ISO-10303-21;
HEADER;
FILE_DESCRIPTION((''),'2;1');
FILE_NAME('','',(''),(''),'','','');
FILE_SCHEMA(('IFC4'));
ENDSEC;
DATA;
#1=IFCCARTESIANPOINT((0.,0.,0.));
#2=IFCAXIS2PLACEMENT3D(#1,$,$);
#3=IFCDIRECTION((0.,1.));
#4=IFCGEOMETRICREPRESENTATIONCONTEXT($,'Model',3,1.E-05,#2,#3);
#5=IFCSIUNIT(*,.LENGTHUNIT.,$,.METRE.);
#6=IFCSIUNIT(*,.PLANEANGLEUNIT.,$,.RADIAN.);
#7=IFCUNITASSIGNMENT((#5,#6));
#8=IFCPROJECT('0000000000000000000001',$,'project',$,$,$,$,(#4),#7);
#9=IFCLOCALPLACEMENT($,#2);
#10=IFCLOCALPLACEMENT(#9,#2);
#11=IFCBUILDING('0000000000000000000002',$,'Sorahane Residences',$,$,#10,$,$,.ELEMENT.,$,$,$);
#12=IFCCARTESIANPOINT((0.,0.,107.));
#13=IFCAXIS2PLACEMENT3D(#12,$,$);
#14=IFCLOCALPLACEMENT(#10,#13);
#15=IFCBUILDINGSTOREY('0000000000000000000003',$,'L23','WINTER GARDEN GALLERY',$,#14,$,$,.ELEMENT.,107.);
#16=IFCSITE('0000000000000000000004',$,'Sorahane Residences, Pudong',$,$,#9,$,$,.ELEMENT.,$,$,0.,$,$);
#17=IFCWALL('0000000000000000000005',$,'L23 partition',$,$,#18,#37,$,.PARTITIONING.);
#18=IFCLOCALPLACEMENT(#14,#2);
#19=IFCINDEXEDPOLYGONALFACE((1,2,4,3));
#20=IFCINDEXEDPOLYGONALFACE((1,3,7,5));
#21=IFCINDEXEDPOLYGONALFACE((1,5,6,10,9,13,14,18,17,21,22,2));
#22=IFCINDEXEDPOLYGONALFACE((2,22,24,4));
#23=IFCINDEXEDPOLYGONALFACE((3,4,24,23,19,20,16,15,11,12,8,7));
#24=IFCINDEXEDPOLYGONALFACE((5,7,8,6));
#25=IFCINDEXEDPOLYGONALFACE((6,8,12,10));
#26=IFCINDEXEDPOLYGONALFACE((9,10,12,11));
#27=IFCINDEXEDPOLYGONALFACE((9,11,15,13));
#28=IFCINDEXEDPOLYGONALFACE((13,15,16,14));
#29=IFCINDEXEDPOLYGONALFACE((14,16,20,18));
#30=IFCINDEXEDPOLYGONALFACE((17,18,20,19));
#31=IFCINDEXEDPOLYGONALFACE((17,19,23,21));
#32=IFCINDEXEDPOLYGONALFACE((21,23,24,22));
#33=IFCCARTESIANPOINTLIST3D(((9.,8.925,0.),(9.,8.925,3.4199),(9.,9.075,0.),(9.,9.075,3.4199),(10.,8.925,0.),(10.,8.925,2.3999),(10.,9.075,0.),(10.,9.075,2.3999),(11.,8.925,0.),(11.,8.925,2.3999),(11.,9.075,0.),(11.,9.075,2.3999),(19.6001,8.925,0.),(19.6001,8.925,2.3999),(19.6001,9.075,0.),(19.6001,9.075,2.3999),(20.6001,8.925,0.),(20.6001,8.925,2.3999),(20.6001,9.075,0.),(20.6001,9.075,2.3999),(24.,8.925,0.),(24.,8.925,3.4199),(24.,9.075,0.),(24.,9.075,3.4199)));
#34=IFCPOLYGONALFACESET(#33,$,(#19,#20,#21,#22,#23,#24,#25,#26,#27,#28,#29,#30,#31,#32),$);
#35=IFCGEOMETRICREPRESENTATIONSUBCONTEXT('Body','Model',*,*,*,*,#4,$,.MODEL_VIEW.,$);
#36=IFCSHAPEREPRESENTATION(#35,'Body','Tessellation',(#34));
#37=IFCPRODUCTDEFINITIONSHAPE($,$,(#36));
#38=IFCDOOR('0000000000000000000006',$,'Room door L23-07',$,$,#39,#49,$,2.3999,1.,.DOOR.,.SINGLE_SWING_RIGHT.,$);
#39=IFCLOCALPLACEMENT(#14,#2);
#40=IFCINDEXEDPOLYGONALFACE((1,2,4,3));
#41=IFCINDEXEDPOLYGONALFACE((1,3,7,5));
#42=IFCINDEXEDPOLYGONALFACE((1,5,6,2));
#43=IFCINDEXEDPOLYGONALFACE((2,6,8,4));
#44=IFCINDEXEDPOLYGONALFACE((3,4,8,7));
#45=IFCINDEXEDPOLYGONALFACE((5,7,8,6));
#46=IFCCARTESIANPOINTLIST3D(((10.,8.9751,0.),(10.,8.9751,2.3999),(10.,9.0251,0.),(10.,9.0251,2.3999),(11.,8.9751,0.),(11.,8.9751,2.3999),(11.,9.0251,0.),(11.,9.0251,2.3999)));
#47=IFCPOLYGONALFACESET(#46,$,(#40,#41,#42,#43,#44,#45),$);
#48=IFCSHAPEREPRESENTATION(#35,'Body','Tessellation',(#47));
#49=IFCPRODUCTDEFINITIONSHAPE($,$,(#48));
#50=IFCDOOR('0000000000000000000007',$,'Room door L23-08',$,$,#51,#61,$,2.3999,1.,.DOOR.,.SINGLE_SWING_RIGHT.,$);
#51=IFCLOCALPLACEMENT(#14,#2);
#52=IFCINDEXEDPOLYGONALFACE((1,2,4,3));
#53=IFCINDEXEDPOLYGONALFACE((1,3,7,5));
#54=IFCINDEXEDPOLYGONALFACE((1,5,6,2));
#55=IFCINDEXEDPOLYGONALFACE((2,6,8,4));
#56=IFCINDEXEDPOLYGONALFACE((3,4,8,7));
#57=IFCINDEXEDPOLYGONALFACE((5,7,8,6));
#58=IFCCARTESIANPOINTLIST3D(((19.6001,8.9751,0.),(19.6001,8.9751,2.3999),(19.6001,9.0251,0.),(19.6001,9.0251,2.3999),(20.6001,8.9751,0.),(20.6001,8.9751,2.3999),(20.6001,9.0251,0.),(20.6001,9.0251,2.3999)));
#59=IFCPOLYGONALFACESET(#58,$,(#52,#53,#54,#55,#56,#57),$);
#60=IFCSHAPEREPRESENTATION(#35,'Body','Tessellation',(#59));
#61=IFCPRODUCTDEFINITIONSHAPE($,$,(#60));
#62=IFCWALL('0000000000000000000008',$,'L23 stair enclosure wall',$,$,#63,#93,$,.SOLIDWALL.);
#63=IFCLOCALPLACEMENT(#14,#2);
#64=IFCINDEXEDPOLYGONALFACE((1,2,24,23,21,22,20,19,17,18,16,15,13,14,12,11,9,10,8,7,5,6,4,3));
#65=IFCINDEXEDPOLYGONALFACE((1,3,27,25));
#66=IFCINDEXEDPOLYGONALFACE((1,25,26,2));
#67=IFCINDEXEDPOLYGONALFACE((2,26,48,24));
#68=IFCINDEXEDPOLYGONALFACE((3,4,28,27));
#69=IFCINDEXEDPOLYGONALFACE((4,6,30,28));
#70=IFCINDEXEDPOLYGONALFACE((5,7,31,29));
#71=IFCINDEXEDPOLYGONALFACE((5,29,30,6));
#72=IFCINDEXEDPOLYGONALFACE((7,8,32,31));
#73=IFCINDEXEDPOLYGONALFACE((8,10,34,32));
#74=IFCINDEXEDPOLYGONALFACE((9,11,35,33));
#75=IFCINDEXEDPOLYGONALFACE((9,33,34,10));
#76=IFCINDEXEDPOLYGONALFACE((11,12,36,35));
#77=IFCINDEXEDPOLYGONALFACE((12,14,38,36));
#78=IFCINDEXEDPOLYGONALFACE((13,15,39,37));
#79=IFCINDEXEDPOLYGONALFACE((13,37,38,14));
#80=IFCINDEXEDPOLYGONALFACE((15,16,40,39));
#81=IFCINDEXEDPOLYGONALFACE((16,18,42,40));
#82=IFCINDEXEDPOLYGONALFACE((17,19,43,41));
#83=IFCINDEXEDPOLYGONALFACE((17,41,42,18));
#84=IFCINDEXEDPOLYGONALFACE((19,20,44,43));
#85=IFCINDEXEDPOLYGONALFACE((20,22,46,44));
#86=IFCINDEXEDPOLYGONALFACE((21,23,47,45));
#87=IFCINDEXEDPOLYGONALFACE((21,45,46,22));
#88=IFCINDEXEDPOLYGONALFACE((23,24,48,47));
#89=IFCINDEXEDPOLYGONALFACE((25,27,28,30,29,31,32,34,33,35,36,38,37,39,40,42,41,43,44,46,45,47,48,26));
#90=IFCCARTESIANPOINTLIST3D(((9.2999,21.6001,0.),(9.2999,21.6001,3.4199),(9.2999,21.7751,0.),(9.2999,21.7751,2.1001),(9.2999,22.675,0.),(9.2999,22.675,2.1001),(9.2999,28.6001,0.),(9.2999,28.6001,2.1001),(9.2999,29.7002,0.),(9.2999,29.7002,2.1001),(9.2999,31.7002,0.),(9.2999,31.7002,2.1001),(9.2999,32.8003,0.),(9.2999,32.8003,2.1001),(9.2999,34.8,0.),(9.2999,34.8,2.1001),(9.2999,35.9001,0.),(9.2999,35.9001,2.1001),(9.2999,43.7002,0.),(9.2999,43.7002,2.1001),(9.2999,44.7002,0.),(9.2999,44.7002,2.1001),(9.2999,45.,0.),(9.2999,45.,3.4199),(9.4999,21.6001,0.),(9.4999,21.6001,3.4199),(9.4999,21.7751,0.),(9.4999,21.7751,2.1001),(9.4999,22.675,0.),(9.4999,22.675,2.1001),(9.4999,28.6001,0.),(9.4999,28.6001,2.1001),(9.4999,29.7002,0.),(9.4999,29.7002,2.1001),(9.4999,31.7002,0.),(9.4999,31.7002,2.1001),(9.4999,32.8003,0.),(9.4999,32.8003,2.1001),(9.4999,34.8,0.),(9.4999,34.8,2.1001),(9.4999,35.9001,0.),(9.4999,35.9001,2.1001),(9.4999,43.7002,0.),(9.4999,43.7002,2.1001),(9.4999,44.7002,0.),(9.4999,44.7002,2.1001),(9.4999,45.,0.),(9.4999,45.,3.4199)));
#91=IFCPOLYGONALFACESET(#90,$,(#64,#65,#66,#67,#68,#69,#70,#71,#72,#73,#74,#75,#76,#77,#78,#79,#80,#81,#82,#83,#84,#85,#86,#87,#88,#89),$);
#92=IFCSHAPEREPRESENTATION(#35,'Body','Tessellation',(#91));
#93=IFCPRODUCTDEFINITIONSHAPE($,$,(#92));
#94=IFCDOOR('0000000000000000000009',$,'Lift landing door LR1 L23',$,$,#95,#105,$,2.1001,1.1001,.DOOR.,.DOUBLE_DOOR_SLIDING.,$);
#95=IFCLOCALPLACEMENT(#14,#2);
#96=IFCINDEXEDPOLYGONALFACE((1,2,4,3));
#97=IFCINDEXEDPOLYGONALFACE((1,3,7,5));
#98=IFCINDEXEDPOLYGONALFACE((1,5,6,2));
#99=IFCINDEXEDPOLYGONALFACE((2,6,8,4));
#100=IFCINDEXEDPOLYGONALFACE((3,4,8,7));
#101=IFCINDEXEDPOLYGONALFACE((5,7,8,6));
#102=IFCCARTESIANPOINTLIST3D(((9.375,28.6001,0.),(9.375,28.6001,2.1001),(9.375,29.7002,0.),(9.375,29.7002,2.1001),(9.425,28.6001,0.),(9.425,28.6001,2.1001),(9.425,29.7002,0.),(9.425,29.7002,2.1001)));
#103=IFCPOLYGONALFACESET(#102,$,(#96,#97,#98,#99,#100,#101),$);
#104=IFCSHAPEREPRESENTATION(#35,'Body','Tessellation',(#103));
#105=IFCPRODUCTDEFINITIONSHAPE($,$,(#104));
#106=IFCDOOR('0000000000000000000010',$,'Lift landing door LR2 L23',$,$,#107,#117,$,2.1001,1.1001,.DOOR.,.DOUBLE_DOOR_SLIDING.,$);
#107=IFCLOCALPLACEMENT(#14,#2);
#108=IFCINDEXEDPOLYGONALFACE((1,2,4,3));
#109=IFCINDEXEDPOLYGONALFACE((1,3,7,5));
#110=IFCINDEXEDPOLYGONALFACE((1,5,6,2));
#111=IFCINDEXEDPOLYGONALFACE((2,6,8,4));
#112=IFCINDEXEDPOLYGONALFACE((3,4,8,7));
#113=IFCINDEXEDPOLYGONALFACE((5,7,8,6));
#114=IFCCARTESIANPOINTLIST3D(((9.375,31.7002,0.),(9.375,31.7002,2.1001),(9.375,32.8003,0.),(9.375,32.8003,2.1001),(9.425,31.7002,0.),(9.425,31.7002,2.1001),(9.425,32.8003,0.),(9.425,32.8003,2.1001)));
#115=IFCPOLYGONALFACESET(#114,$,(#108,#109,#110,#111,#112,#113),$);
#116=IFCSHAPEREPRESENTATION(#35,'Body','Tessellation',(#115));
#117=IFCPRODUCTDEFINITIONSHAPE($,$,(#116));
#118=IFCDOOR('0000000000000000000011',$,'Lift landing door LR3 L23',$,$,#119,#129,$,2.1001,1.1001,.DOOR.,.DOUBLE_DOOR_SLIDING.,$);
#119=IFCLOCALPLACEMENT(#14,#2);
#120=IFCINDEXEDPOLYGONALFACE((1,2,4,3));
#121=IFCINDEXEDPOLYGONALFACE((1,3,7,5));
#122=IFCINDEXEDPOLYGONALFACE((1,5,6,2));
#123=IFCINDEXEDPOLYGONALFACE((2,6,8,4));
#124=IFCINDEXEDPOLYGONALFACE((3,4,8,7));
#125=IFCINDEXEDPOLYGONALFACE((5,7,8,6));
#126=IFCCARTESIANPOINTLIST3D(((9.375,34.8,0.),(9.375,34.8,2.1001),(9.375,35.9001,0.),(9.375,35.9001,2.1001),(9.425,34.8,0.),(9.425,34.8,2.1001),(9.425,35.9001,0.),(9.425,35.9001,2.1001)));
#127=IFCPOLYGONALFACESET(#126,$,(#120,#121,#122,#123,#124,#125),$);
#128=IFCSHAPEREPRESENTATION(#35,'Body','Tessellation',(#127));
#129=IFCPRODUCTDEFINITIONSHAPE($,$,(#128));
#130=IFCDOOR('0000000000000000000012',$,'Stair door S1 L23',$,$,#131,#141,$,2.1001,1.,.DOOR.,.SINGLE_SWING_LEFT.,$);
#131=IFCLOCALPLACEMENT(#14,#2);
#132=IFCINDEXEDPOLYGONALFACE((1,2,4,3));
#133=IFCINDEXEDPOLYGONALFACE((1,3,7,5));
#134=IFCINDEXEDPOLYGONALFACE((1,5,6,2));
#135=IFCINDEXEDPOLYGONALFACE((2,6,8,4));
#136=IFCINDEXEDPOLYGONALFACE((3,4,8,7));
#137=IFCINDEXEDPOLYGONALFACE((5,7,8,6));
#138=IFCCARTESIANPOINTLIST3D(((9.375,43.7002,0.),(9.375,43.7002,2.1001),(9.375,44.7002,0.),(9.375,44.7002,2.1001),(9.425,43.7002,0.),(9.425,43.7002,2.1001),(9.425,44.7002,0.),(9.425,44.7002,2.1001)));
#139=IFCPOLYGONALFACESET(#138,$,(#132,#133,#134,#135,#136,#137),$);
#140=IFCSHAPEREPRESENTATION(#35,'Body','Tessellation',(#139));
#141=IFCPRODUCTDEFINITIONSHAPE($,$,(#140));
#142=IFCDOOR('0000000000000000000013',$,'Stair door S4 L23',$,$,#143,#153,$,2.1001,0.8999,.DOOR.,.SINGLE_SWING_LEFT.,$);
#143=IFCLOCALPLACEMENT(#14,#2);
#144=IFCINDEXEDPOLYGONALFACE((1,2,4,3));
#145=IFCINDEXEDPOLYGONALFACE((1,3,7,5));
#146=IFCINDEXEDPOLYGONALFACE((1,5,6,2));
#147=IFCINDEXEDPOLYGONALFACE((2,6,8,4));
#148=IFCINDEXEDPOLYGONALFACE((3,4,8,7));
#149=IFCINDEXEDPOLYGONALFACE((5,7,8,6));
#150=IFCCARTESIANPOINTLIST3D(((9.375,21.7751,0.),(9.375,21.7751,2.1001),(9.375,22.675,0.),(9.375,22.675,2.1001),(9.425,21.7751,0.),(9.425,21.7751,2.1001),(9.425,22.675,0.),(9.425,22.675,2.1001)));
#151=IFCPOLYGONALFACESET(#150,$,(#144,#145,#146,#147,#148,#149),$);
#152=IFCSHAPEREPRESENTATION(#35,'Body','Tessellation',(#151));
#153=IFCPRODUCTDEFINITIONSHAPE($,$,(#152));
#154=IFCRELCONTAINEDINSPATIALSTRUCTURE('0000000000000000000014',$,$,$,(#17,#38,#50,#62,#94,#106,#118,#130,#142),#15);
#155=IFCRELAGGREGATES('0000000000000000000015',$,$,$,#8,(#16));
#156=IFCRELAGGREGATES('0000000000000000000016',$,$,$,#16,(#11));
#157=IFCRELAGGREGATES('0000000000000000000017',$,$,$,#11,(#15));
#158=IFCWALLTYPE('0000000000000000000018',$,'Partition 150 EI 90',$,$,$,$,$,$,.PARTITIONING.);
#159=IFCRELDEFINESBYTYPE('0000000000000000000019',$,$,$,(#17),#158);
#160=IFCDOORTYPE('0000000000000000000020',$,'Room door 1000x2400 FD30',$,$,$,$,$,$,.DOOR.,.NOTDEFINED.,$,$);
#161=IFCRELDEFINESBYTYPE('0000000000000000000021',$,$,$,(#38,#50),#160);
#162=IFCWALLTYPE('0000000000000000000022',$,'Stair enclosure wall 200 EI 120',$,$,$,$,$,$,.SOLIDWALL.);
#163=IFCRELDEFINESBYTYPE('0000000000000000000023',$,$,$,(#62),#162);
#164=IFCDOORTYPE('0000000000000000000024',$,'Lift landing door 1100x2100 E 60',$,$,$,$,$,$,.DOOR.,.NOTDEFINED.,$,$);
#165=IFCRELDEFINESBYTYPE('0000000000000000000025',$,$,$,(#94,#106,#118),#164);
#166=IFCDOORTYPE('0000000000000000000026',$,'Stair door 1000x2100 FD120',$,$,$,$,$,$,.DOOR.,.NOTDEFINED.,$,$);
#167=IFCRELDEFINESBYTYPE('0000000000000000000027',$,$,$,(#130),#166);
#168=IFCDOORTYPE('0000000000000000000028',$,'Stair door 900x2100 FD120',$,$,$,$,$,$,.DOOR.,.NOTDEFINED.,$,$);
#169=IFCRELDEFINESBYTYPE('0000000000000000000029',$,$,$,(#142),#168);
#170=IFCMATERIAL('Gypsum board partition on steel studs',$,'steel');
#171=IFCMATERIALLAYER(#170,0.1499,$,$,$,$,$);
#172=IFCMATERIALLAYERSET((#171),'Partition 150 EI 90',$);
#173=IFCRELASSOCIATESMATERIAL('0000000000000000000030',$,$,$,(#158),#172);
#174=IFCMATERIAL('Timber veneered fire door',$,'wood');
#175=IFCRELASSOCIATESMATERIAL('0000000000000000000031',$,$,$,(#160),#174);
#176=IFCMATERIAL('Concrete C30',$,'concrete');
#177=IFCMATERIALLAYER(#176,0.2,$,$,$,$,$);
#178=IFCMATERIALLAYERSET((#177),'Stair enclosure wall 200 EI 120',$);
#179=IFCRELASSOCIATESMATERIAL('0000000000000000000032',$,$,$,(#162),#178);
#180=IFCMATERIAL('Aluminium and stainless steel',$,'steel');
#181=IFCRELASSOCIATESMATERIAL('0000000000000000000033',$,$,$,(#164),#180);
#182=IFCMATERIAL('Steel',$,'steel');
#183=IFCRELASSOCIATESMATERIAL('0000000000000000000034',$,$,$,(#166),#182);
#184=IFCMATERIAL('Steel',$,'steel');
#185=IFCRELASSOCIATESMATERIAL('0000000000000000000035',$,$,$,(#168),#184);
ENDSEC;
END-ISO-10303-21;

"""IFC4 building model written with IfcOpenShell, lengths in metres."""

from ifc_helpers import new_model, si_unit, direction, frame, frame_2d, origin, place, context, subcontext, project, spatial, rectangle, extrude, material, layer, layer_set, type_object, element, fill, save


model = new_model("IFC4")

# Units and contexts
model_context = context("Model", 3, precision=1e-05, world=origin(), true_north=direction((0.0, 1.0)))
body_context = subcontext(model_context, "Body", "Model", "MODEL_VIEW")
ifc_project = project(units=[si_unit("LENGTHUNIT", "METRE"), si_unit("PLANEANGLEUNIT", "RADIAN")], contexts=[model_context])

# Site, building, storey
site_placement = place(None, origin())
site = spatial("IfcSite", under=ifc_project, at=site_placement, Name="Sorahane Residences, Pudong", CompositionType="ELEMENT", RefElevation=0.0)
building_placement = place(site_placement, origin())
building = spatial("IfcBuilding", under=site, at=building_placement, Name="Sorahane Residences", CompositionType="ELEMENT")
storey_placement = place(building_placement, frame((0.0, 0.0, 107.0)))
storey = spatial("IfcBuildingStorey", under=building, at=storey_placement, Name="L23", Description="WINTER GARDEN GALLERY", CompositionType="ELEMENT", Elevation=107.0)

# Walls, openings, doors
ifc_material_1 = material(Name="Gypsum board partition on steel studs", Category="steel")
ifc_layer_1 = layer(ifc_material_1, 0.1499)
ifc_layer_set_1 = layer_set([ifc_layer_1], Name="Partition 150 EI 90")
wall_type_1 = type_object("IfcWallType", Name="Partition 150 EI 90", PredefinedType="PARTITIONING", material=ifc_layer_set_1)
wall_1_placement = place(storey_placement, frame((9.0, 9.0, 0.0), z_axis=(0.0, 0.0, 1.0), x_axis=(1.0, 0.0, 0.0)))
wall_1 = element("IfcWall", 1, at=wall_1_placement, inside=storey, type_object=wall_type_1, Name="L23 partition", PredefinedType="PARTITIONING", context=body_context, shape_type="SweptSolid", body=[
    extrude(rectangle(XDim=15.0, YDim=0.1499, at=frame_2d((7.5, 0.0))), origin(), (0.0, 0.0, 1.0), 3.4199),
])
opening_1_placement = place(wall_1_placement, frame((1.0, 0.0, 0.0)))
opening_1 = element("IfcOpeningElement", 2, at=opening_1_placement, cuts=wall_1, PredefinedType="OPENING", context=body_context, shape_type="SweptSolid", body=[
    extrude(rectangle(XDim=1.0, YDim=2.3999, at=frame_2d((0.5, 1.2))), frame((0.0, 0.085, 0.0), z_axis=(0.0, -1.0, 0.0), x_axis=(1.0, 0.0, 0.0)), (0.0, 0.0, 1.0), 0.1699),
])
opening_2_placement = place(wall_1_placement, frame((10.6001, 0.0, 0.0)))
opening_2 = element("IfcOpeningElement", 3, at=opening_2_placement, cuts=wall_1, PredefinedType="OPENING", context=body_context, shape_type="SweptSolid", body=[
    extrude(rectangle(XDim=1.0, YDim=2.3999, at=frame_2d((0.5, 1.2))), frame((0.0, 0.085, 0.0), z_axis=(0.0, -1.0, 0.0), x_axis=(1.0, 0.0, 0.0)), (0.0, 0.0, 1.0), 0.1699),
])
ifc_material_2 = material(Name="Timber veneered fire door", Category="wood")
door_type_1 = type_object("IfcDoorType", Name="Room door 1000x2400 FD30", OperationType="NOTDEFINED", PredefinedType="DOOR", material=ifc_material_2)
door_1_placement = place(opening_1_placement, frame((1.0, 0.0, 0.0), z_axis=(0.0, 0.0, 1.0), x_axis=(-1.0, 0.0, 0.0)))
door_1 = element("IfcDoor", 4, at=door_1_placement, inside=storey, type_object=door_type_1, Name="Room door L23-07", OperationType="SINGLE_SWING_RIGHT", OverallHeight=2.3999, OverallWidth=1.0, PredefinedType="DOOR", context=body_context, shape_type="SweptSolid", body=[
    extrude(rectangle(XDim=1.0, YDim=2.3999, at=frame_2d((0.5, 1.2))), frame((0.0, 0.0249, 0.0), z_axis=(0.0, -1.0, 0.0), x_axis=(1.0, 0.0, 0.0)), (0.0, 0.0, 1.0), 0.05),
])
fill(opening_1, door_1)
door_2_placement = place(opening_2_placement, frame((1.0, 0.0, 0.0), z_axis=(0.0, 0.0, 1.0), x_axis=(-1.0, 0.0, 0.0)))
door_2 = element("IfcDoor", 5, at=door_2_placement, inside=storey, type_object=door_type_1, Name="Room door L23-08", OperationType="SINGLE_SWING_RIGHT", OverallHeight=2.3999, OverallWidth=1.0, PredefinedType="DOOR", context=body_context, shape_type="SweptSolid", body=[
    extrude(rectangle(XDim=1.0, YDim=2.3999, at=frame_2d((0.5, 1.2))), frame((0.0, 0.0249, 0.0), z_axis=(0.0, -1.0, 0.0), x_axis=(1.0, 0.0, 0.0)), (0.0, 0.0, 1.0), 0.05),
])
fill(opening_2, door_2)
ifc_material_3 = material(Name="Concrete C30", Category="concrete")
ifc_layer_2 = layer(ifc_material_3, 0.2)
ifc_layer_set_2 = layer_set([ifc_layer_2], Name="Stair enclosure wall 200 EI 120")
wall_type_2 = type_object("IfcWallType", Name="Stair enclosure wall 200 EI 120", PredefinedType="SOLIDWALL", material=ifc_layer_set_2)
wall_2_placement = place(storey_placement, frame((9.3999, 21.6001, 0.0), z_axis=(0.0, 0.0, 1.0), x_axis=(0.0, 1.0, 0.0)))
wall_2 = element("IfcWall", 6, at=wall_2_placement, inside=storey, type_object=wall_type_2, Name="L23 stair enclosure wall", PredefinedType="SOLIDWALL", context=body_context, shape_type="SweptSolid", body=[
    extrude(rectangle(XDim=23.3999, YDim=0.2, at=frame_2d((11.7, 0.0))), origin(), (0.0, 0.0, 1.0), 3.4199),
])
opening_3_placement = place(wall_2_placement, frame((7.0, 0.0, 0.0)))
opening_3 = element("IfcOpeningElement", 7, at=opening_3_placement, cuts=wall_2, PredefinedType="OPENING", context=body_context, shape_type="SweptSolid", body=[
    extrude(rectangle(XDim=1.1001, YDim=2.1001, at=frame_2d((0.55, 1.05))), frame((0.0, 0.1099, 0.0), z_axis=(0.0, -1.0, 0.0), x_axis=(1.0, 0.0, 0.0)), (0.0, 0.0, 1.0), 0.22),
])
opening_4_placement = place(wall_2_placement, frame((10.1001, 0.0, 0.0)))
opening_4 = element("IfcOpeningElement", 8, at=opening_4_placement, cuts=wall_2, PredefinedType="OPENING", context=body_context, shape_type="SweptSolid", body=[
    extrude(rectangle(XDim=1.1001, YDim=2.1001, at=frame_2d((0.55, 1.05))), frame((0.0, 0.1099, 0.0), z_axis=(0.0, -1.0, 0.0), x_axis=(1.0, 0.0, 0.0)), (0.0, 0.0, 1.0), 0.22),
])
opening_5_placement = place(wall_2_placement, frame((13.2, 0.0, 0.0)))
opening_5 = element("IfcOpeningElement", 9, at=opening_5_placement, cuts=wall_2, PredefinedType="OPENING", context=body_context, shape_type="SweptSolid", body=[
    extrude(rectangle(XDim=1.1001, YDim=2.1001, at=frame_2d((0.55, 1.05))), frame((0.0, 0.1099, 0.0), z_axis=(0.0, -1.0, 0.0), x_axis=(1.0, 0.0, 0.0)), (0.0, 0.0, 1.0), 0.22),
])
opening_6_placement = place(wall_2_placement, frame((22.1001, 0.0, 0.0)))
opening_6 = element("IfcOpeningElement", 10, at=opening_6_placement, cuts=wall_2, PredefinedType="OPENING", context=body_context, shape_type="SweptSolid", body=[
    extrude(rectangle(XDim=1.0, YDim=2.1001, at=frame_2d((0.5, 1.05))), frame((0.0, 0.1099, 0.0), z_axis=(0.0, -1.0, 0.0), x_axis=(1.0, 0.0, 0.0)), (0.0, 0.0, 1.0), 0.22),
])
opening_7_placement = place(wall_2_placement, frame((0.175, 0.0, 0.0)))
opening_7 = element("IfcOpeningElement", 11, at=opening_7_placement, cuts=wall_2, PredefinedType="OPENING", context=body_context, shape_type="SweptSolid", body=[
    extrude(rectangle(XDim=0.8999, YDim=2.1001, at=frame_2d((0.45, 1.05))), frame((0.0, 0.1099, 0.0), z_axis=(0.0, -1.0, 0.0), x_axis=(1.0, 0.0, 0.0)), (0.0, 0.0, 1.0), 0.22),
])
ifc_material_4 = material(Name="Aluminium and stainless steel", Category="steel")
door_type_2 = type_object("IfcDoorType", Name="Lift landing door 1100x2100 E 60", OperationType="NOTDEFINED", PredefinedType="DOOR", material=ifc_material_4)
door_3_placement = place(opening_3_placement, origin())
door_3 = element("IfcDoor", 12, at=door_3_placement, inside=storey, type_object=door_type_2, Name="Lift landing door LR1 L23", OperationType="DOUBLE_DOOR_SLIDING", OverallHeight=2.1001, OverallWidth=1.1001, PredefinedType="DOOR", context=body_context, shape_type="SweptSolid", body=[
    extrude(rectangle(XDim=1.1001, YDim=2.1001, at=frame_2d((0.55, 1.05))), frame((0.0, 0.0249, 0.0), z_axis=(0.0, -1.0, 0.0), x_axis=(1.0, 0.0, 0.0)), (0.0, 0.0, 1.0), 0.05),
])
fill(opening_3, door_3)
door_4_placement = place(opening_4_placement, origin())
door_4 = element("IfcDoor", 13, at=door_4_placement, inside=storey, type_object=door_type_2, Name="Lift landing door LR2 L23", OperationType="DOUBLE_DOOR_SLIDING", OverallHeight=2.1001, OverallWidth=1.1001, PredefinedType="DOOR", context=body_context, shape_type="SweptSolid", body=[
    extrude(rectangle(XDim=1.1001, YDim=2.1001, at=frame_2d((0.55, 1.05))), frame((0.0, 0.0249, 0.0), z_axis=(0.0, -1.0, 0.0), x_axis=(1.0, 0.0, 0.0)), (0.0, 0.0, 1.0), 0.05),
])
fill(opening_4, door_4)
door_5_placement = place(opening_5_placement, origin())
door_5 = element("IfcDoor", 14, at=door_5_placement, inside=storey, type_object=door_type_2, Name="Lift landing door LR3 L23", OperationType="DOUBLE_DOOR_SLIDING", OverallHeight=2.1001, OverallWidth=1.1001, PredefinedType="DOOR", context=body_context, shape_type="SweptSolid", body=[
    extrude(rectangle(XDim=1.1001, YDim=2.1001, at=frame_2d((0.55, 1.05))), frame((0.0, 0.0249, 0.0), z_axis=(0.0, -1.0, 0.0), x_axis=(1.0, 0.0, 0.0)), (0.0, 0.0, 1.0), 0.05),
])
fill(opening_5, door_5)
ifc_material_5 = material(Name="Steel", Category="steel")
door_type_3 = type_object("IfcDoorType", Name="Stair door 1000x2100 FD120", OperationType="NOTDEFINED", PredefinedType="DOOR", material=ifc_material_5)
door_6_placement = place(opening_6_placement, origin())
door_6 = element("IfcDoor", 15, at=door_6_placement, inside=storey, type_object=door_type_3, Name="Stair door S1 L23", OperationType="SINGLE_SWING_LEFT", OverallHeight=2.1001, OverallWidth=1.0, PredefinedType="DOOR", context=body_context, shape_type="SweptSolid", body=[
    extrude(rectangle(XDim=1.0, YDim=2.1001, at=frame_2d((0.5, 1.05))), frame((0.0, 0.0249, 0.0), z_axis=(0.0, -1.0, 0.0), x_axis=(1.0, 0.0, 0.0)), (0.0, 0.0, 1.0), 0.05),
])
fill(opening_6, door_6)
ifc_material_6 = material(Name="Steel", Category="steel")
door_type_4 = type_object("IfcDoorType", Name="Stair door 900x2100 FD120", OperationType="NOTDEFINED", PredefinedType="DOOR", material=ifc_material_6)
door_7_placement = place(opening_7_placement, origin())
door_7 = element("IfcDoor", 16, at=door_7_placement, inside=storey, type_object=door_type_4, Name="Stair door S4 L23", OperationType="SINGLE_SWING_LEFT", OverallHeight=2.1001, OverallWidth=0.8999, PredefinedType="DOOR", context=body_context, shape_type="SweptSolid", body=[
    extrude(rectangle(XDim=0.8999, YDim=2.1001, at=frame_2d((0.45, 1.05))), frame((0.0, 0.0249, 0.0), z_axis=(0.0, -1.0, 0.0), x_axis=(1.0, 0.0, 0.0)), (0.0, 0.0, 1.0), 0.05),
])
fill(opening_7, door_7)

save(model, "model.ifc")
